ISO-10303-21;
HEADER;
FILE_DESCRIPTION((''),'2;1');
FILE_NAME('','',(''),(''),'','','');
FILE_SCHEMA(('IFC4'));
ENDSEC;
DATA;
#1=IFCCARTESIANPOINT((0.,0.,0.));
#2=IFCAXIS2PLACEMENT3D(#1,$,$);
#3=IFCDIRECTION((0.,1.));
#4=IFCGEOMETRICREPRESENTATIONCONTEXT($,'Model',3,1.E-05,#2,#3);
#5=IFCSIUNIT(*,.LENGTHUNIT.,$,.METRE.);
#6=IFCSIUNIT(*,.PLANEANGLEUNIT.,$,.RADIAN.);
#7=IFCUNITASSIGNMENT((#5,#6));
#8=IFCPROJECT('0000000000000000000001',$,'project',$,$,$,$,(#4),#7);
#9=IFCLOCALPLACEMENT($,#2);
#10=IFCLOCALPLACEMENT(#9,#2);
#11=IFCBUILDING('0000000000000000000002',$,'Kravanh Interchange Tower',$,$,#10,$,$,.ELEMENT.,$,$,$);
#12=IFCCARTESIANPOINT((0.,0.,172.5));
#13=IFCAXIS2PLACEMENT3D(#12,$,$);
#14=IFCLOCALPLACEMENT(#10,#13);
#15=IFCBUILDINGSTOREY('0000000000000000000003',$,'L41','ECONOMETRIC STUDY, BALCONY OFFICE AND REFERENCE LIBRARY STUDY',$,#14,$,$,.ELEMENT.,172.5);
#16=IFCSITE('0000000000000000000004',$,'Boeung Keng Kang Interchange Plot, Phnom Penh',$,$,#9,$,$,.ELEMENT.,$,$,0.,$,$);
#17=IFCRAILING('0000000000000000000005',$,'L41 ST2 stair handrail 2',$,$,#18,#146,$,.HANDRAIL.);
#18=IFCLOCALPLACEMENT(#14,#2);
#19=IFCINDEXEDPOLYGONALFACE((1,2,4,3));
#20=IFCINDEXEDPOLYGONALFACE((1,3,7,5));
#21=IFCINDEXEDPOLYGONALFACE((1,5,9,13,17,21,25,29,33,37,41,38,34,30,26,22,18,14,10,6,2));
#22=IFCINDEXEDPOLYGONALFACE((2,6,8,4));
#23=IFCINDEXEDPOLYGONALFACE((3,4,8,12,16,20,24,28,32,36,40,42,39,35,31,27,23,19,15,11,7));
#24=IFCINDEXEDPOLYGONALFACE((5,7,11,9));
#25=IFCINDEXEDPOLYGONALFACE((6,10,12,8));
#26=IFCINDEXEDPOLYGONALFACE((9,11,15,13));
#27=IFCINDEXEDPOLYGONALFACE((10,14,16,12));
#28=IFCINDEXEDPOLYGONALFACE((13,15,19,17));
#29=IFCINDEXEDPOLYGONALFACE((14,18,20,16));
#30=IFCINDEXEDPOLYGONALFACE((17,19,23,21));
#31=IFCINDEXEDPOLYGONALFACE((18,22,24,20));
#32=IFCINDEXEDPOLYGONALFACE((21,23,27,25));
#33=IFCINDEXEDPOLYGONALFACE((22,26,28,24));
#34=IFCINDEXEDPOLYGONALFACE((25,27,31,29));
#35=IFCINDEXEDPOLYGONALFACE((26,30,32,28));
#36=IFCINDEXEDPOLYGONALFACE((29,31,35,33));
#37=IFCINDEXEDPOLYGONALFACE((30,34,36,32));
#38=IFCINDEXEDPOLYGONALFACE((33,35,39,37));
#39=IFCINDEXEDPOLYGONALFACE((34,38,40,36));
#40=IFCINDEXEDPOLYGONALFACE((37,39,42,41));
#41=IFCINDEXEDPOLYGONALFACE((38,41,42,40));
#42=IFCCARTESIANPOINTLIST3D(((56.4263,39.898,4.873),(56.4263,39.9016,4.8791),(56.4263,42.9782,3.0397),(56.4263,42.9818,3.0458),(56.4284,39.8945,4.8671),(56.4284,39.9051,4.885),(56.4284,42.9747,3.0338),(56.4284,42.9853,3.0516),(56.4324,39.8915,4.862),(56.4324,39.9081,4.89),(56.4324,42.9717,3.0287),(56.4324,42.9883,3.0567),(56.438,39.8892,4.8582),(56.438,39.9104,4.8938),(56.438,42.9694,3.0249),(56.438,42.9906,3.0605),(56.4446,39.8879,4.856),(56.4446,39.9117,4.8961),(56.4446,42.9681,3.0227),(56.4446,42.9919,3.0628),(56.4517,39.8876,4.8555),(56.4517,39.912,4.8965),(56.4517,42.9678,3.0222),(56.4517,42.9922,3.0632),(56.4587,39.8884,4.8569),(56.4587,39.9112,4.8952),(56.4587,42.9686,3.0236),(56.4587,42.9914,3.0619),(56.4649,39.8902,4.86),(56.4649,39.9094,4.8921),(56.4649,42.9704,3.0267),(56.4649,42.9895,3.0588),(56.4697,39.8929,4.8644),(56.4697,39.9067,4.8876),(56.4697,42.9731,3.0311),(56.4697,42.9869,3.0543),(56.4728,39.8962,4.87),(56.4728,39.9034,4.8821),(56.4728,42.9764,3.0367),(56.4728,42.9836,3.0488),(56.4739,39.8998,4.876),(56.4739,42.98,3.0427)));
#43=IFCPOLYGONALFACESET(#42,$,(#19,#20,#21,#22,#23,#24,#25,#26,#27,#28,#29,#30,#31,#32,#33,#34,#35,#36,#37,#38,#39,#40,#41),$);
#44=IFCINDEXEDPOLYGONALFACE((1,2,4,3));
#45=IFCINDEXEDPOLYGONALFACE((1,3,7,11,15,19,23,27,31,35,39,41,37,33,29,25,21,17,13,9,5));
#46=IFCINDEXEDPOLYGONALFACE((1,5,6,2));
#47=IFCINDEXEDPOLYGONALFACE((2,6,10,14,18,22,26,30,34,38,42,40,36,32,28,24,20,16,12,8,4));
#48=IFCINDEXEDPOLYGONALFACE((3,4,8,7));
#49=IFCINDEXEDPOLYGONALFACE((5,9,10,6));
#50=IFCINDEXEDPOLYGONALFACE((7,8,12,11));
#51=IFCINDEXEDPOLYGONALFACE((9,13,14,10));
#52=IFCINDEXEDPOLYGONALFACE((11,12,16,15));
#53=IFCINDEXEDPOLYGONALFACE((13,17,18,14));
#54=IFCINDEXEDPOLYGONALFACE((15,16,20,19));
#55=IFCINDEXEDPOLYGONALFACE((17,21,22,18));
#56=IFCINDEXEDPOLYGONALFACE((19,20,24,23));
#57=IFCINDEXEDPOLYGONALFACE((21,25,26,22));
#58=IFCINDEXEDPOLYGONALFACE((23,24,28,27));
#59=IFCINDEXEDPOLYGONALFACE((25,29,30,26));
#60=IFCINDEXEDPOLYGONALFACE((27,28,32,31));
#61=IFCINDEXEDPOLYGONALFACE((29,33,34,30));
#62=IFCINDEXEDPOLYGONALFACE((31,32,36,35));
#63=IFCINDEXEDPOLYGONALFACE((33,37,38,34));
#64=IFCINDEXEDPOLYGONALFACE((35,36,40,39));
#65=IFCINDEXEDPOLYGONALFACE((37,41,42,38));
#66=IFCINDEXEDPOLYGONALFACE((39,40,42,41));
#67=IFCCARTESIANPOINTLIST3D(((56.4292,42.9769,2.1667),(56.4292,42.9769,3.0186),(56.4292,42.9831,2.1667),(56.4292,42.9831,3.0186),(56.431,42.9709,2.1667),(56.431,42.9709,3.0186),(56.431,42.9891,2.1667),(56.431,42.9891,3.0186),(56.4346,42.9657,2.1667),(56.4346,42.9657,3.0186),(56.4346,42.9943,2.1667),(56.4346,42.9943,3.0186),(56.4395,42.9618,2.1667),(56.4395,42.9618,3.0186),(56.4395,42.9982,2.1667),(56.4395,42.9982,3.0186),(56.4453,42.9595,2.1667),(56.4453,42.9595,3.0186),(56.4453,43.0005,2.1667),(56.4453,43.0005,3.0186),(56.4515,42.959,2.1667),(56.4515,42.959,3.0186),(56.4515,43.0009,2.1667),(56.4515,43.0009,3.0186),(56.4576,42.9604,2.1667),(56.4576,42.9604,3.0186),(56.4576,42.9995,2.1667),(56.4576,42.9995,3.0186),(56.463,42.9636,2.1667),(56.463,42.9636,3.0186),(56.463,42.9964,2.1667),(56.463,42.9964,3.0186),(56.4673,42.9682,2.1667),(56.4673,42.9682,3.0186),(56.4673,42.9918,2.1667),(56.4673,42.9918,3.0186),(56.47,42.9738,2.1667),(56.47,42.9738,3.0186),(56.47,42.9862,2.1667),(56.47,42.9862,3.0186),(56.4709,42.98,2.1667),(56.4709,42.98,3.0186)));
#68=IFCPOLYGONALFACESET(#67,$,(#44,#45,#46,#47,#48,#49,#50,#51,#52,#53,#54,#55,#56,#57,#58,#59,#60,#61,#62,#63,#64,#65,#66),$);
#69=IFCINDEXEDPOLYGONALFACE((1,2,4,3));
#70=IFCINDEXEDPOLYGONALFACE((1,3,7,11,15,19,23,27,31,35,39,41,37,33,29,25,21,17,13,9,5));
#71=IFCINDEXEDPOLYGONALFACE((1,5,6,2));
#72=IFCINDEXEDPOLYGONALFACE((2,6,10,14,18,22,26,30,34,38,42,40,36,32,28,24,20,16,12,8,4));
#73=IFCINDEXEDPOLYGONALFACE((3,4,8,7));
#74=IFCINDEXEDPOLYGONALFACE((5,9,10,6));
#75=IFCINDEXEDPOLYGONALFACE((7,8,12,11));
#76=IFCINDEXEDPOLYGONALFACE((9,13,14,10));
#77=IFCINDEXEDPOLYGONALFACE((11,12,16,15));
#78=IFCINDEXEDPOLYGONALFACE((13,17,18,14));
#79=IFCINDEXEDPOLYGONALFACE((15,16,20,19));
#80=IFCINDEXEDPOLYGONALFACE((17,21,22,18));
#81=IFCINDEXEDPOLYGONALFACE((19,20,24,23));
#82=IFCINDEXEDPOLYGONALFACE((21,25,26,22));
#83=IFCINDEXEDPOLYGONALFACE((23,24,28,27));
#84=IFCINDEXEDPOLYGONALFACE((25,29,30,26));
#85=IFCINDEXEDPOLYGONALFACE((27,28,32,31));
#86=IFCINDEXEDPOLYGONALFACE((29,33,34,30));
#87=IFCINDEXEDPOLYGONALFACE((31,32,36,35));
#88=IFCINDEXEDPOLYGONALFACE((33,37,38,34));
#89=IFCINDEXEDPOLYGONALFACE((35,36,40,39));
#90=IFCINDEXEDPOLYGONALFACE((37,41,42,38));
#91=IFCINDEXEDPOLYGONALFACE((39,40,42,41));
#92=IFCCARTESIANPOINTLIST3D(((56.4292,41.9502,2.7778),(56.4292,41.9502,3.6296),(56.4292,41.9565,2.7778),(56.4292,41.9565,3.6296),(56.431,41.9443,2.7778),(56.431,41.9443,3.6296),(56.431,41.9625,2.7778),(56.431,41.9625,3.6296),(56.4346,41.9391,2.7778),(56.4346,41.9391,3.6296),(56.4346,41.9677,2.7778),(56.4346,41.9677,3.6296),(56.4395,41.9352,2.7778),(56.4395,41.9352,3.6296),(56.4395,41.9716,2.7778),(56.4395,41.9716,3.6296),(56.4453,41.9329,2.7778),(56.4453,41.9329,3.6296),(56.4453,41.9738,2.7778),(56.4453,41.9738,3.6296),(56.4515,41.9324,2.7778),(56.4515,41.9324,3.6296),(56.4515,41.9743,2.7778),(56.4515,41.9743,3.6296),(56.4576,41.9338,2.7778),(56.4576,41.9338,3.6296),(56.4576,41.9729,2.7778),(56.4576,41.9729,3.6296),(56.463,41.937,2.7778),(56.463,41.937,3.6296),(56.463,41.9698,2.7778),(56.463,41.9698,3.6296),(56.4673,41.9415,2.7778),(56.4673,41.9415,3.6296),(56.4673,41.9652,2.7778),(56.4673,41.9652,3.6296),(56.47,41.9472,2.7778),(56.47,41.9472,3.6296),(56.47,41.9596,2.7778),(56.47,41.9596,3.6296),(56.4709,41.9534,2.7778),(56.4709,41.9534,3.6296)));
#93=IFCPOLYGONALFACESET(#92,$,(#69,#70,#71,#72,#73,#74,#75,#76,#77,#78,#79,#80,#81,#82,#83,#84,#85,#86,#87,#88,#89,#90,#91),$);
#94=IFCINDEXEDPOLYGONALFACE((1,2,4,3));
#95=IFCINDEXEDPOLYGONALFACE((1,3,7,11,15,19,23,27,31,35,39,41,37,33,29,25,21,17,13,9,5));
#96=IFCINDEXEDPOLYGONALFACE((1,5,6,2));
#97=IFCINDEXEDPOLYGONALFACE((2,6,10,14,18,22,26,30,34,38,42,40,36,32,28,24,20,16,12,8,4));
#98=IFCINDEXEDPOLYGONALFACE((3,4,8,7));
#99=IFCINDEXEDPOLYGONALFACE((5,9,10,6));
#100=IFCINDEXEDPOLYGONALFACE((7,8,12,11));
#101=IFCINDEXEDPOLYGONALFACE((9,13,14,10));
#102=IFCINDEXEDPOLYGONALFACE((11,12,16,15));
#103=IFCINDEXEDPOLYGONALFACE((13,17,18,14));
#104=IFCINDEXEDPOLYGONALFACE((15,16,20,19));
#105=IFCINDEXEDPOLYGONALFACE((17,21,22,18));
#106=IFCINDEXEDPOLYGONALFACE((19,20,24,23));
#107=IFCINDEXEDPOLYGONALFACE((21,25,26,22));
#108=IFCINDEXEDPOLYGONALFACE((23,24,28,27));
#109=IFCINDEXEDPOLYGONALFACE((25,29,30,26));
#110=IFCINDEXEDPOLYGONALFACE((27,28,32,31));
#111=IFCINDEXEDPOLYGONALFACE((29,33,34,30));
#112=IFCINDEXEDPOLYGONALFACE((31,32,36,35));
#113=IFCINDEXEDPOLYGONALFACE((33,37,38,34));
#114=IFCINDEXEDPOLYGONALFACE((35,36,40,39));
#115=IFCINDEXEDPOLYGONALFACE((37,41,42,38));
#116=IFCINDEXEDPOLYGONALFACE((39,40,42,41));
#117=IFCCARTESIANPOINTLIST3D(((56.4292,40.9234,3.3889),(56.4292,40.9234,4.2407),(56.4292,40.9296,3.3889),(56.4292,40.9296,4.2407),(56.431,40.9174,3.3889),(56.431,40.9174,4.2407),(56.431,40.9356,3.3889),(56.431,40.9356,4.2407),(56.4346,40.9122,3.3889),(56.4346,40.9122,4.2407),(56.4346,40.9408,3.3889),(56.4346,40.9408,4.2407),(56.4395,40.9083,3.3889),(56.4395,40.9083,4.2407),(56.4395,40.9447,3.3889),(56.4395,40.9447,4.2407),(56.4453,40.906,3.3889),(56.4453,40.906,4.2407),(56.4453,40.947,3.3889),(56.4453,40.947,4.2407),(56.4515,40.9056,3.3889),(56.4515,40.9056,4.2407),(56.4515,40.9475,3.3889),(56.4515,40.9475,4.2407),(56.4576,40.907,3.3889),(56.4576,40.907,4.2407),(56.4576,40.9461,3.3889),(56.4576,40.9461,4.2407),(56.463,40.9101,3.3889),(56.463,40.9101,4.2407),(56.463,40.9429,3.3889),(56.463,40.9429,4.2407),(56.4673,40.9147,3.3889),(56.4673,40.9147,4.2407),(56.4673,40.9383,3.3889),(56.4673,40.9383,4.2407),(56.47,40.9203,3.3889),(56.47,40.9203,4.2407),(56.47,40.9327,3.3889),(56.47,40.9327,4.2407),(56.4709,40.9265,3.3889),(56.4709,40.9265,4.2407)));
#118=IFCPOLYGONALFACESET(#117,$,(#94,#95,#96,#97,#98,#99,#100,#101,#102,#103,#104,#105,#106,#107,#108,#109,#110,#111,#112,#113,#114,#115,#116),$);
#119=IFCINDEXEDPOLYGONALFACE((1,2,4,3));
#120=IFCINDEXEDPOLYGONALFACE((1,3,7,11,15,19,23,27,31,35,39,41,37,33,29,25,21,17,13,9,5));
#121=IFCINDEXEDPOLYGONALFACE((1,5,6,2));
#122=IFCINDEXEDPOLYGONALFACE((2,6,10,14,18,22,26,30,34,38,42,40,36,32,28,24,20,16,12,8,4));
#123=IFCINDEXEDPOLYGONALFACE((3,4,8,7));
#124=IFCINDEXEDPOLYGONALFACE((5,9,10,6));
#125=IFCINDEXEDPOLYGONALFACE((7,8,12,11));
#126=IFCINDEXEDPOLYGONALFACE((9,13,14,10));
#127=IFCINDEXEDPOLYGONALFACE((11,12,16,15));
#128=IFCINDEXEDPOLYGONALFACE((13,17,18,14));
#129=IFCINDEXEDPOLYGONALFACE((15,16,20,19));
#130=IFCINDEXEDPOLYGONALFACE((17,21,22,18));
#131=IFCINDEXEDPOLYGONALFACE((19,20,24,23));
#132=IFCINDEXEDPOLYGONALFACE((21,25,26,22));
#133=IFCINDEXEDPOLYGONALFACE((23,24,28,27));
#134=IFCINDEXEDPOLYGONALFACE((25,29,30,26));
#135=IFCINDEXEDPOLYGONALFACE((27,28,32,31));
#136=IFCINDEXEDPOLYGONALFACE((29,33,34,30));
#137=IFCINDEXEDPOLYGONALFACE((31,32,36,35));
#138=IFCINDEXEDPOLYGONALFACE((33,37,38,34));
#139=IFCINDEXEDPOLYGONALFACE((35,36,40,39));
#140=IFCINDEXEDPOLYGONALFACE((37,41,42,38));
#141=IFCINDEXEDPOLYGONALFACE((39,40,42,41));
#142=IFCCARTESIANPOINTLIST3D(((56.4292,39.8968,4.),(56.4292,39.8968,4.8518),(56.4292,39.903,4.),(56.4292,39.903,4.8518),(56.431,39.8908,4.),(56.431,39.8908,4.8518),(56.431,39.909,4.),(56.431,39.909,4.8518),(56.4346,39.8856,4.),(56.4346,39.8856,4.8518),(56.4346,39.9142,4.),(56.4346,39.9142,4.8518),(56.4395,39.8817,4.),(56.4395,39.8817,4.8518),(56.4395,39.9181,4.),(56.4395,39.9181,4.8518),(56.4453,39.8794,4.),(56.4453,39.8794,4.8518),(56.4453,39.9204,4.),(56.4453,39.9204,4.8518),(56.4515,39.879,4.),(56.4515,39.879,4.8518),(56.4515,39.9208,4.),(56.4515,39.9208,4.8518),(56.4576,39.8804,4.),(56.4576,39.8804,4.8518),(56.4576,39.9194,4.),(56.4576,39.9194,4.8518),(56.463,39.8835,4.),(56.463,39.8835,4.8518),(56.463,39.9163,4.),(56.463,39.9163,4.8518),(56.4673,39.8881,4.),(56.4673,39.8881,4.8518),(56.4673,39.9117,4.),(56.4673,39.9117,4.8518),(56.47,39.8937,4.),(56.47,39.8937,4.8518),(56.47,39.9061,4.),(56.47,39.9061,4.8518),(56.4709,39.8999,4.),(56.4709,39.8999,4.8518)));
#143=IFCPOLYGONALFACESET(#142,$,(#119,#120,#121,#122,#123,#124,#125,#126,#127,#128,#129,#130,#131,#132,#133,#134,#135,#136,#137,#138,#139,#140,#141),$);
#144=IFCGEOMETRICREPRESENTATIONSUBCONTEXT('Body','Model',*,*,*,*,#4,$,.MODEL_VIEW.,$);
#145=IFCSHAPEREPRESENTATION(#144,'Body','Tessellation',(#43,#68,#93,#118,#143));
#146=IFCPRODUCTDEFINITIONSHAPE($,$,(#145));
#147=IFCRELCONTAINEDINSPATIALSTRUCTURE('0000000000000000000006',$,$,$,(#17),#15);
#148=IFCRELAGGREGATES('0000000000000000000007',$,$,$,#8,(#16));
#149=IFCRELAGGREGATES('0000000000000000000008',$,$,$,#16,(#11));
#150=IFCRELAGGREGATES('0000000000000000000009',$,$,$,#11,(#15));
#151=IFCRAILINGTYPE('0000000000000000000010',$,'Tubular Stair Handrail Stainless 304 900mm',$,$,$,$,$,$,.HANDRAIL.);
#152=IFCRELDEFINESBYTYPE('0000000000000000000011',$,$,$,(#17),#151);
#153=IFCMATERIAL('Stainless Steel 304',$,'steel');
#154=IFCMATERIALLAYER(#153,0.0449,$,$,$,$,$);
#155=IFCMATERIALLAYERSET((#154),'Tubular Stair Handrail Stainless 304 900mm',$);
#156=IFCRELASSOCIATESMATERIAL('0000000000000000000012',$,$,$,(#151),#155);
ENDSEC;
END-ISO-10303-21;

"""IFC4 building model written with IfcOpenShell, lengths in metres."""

from ifc_helpers import new_model, si_unit, direction, frame, origin, origin_2d, place, context, subcontext, project, spatial, circle, extrude, material, layer, layer_set, type_object, element, save


model = new_model("IFC4")

# Units and contexts
model_context = context("Model", 3, precision=1e-05, world=origin(), true_north=direction((0.0, 1.0)))
body_context = subcontext(model_context, "Body", "Model", "MODEL_VIEW")
ifc_project = project(units=[si_unit("LENGTHUNIT", "METRE"), si_unit("PLANEANGLEUNIT", "RADIAN")], contexts=[model_context])

# Site, building, storey
site_placement = place(None, origin())
site = spatial("IfcSite", under=ifc_project, at=site_placement, Name="Boeung Keng Kang Interchange Plot, Phnom Penh", CompositionType="ELEMENT", RefElevation=0.0)
building_placement = place(site_placement, origin())
building = spatial("IfcBuilding", under=site, at=building_placement, Name="Kravanh Interchange Tower", CompositionType="ELEMENT")
storey_placement = place(building_placement, frame((0.0, 0.0, 172.5)))
storey = spatial("IfcBuildingStorey", under=building, at=storey_placement, Name="L41", Description="ECONOMETRIC STUDY, BALCONY OFFICE AND REFERENCE LIBRARY STUDY", CompositionType="ELEMENT", Elevation=172.5)

# Railing
ifc_material_1 = material(Name="Stainless Steel 304", Category="steel")
ifc_layer_1 = layer(ifc_material_1, 0.0449)
ifc_layer_set_1 = layer_set([ifc_layer_1], Name="Tubular Stair Handrail Stainless 304 900mm")
railing_type_1 = type_object("IfcRailingType", Name="Tubular Stair Handrail Stainless 304 900mm", PredefinedType="HANDRAIL", material=ifc_layer_set_1)
railing_1_placement = place(storey_placement, frame((56.45, 42.98, 2.1667)))
element("IfcRailing", 1, at=railing_1_placement, inside=storey, type_object=railing_type_1, Name="L41 ST2 stair handrail 2", PredefinedType="HANDRAIL", context=body_context, shape_type="SweptSolid", body=[
    extrude(circle(Radius=0.0239, at=origin_2d()), frame((0.0, 0.0, 0.876), z_axis=(0.0, -0.859309, 0.511458), x_axis=(1.0, 0.0, 0.0)), (0.0, 0.0, 1.0), 3.5845),
    extrude(circle(Radius=0.021, at=origin_2d()), origin(), (0.0, 0.0, 1.0), 0.8518),
    extrude(circle(Radius=0.021, at=origin_2d()), frame((0.0, -1.0266, 0.6111)), (0.0, 0.0, 1.0), 0.8518),
    extrude(circle(Radius=0.021, at=origin_2d()), frame((0.0, -2.0535, 1.2222)), (0.0, 0.0, 1.0), 0.8518),
    extrude(circle(Radius=0.021, at=origin_2d()), frame((0.0, -3.0801, 1.8333)), (0.0, 0.0, 1.0), 0.8518),
])

save(model, "model.ifc")
